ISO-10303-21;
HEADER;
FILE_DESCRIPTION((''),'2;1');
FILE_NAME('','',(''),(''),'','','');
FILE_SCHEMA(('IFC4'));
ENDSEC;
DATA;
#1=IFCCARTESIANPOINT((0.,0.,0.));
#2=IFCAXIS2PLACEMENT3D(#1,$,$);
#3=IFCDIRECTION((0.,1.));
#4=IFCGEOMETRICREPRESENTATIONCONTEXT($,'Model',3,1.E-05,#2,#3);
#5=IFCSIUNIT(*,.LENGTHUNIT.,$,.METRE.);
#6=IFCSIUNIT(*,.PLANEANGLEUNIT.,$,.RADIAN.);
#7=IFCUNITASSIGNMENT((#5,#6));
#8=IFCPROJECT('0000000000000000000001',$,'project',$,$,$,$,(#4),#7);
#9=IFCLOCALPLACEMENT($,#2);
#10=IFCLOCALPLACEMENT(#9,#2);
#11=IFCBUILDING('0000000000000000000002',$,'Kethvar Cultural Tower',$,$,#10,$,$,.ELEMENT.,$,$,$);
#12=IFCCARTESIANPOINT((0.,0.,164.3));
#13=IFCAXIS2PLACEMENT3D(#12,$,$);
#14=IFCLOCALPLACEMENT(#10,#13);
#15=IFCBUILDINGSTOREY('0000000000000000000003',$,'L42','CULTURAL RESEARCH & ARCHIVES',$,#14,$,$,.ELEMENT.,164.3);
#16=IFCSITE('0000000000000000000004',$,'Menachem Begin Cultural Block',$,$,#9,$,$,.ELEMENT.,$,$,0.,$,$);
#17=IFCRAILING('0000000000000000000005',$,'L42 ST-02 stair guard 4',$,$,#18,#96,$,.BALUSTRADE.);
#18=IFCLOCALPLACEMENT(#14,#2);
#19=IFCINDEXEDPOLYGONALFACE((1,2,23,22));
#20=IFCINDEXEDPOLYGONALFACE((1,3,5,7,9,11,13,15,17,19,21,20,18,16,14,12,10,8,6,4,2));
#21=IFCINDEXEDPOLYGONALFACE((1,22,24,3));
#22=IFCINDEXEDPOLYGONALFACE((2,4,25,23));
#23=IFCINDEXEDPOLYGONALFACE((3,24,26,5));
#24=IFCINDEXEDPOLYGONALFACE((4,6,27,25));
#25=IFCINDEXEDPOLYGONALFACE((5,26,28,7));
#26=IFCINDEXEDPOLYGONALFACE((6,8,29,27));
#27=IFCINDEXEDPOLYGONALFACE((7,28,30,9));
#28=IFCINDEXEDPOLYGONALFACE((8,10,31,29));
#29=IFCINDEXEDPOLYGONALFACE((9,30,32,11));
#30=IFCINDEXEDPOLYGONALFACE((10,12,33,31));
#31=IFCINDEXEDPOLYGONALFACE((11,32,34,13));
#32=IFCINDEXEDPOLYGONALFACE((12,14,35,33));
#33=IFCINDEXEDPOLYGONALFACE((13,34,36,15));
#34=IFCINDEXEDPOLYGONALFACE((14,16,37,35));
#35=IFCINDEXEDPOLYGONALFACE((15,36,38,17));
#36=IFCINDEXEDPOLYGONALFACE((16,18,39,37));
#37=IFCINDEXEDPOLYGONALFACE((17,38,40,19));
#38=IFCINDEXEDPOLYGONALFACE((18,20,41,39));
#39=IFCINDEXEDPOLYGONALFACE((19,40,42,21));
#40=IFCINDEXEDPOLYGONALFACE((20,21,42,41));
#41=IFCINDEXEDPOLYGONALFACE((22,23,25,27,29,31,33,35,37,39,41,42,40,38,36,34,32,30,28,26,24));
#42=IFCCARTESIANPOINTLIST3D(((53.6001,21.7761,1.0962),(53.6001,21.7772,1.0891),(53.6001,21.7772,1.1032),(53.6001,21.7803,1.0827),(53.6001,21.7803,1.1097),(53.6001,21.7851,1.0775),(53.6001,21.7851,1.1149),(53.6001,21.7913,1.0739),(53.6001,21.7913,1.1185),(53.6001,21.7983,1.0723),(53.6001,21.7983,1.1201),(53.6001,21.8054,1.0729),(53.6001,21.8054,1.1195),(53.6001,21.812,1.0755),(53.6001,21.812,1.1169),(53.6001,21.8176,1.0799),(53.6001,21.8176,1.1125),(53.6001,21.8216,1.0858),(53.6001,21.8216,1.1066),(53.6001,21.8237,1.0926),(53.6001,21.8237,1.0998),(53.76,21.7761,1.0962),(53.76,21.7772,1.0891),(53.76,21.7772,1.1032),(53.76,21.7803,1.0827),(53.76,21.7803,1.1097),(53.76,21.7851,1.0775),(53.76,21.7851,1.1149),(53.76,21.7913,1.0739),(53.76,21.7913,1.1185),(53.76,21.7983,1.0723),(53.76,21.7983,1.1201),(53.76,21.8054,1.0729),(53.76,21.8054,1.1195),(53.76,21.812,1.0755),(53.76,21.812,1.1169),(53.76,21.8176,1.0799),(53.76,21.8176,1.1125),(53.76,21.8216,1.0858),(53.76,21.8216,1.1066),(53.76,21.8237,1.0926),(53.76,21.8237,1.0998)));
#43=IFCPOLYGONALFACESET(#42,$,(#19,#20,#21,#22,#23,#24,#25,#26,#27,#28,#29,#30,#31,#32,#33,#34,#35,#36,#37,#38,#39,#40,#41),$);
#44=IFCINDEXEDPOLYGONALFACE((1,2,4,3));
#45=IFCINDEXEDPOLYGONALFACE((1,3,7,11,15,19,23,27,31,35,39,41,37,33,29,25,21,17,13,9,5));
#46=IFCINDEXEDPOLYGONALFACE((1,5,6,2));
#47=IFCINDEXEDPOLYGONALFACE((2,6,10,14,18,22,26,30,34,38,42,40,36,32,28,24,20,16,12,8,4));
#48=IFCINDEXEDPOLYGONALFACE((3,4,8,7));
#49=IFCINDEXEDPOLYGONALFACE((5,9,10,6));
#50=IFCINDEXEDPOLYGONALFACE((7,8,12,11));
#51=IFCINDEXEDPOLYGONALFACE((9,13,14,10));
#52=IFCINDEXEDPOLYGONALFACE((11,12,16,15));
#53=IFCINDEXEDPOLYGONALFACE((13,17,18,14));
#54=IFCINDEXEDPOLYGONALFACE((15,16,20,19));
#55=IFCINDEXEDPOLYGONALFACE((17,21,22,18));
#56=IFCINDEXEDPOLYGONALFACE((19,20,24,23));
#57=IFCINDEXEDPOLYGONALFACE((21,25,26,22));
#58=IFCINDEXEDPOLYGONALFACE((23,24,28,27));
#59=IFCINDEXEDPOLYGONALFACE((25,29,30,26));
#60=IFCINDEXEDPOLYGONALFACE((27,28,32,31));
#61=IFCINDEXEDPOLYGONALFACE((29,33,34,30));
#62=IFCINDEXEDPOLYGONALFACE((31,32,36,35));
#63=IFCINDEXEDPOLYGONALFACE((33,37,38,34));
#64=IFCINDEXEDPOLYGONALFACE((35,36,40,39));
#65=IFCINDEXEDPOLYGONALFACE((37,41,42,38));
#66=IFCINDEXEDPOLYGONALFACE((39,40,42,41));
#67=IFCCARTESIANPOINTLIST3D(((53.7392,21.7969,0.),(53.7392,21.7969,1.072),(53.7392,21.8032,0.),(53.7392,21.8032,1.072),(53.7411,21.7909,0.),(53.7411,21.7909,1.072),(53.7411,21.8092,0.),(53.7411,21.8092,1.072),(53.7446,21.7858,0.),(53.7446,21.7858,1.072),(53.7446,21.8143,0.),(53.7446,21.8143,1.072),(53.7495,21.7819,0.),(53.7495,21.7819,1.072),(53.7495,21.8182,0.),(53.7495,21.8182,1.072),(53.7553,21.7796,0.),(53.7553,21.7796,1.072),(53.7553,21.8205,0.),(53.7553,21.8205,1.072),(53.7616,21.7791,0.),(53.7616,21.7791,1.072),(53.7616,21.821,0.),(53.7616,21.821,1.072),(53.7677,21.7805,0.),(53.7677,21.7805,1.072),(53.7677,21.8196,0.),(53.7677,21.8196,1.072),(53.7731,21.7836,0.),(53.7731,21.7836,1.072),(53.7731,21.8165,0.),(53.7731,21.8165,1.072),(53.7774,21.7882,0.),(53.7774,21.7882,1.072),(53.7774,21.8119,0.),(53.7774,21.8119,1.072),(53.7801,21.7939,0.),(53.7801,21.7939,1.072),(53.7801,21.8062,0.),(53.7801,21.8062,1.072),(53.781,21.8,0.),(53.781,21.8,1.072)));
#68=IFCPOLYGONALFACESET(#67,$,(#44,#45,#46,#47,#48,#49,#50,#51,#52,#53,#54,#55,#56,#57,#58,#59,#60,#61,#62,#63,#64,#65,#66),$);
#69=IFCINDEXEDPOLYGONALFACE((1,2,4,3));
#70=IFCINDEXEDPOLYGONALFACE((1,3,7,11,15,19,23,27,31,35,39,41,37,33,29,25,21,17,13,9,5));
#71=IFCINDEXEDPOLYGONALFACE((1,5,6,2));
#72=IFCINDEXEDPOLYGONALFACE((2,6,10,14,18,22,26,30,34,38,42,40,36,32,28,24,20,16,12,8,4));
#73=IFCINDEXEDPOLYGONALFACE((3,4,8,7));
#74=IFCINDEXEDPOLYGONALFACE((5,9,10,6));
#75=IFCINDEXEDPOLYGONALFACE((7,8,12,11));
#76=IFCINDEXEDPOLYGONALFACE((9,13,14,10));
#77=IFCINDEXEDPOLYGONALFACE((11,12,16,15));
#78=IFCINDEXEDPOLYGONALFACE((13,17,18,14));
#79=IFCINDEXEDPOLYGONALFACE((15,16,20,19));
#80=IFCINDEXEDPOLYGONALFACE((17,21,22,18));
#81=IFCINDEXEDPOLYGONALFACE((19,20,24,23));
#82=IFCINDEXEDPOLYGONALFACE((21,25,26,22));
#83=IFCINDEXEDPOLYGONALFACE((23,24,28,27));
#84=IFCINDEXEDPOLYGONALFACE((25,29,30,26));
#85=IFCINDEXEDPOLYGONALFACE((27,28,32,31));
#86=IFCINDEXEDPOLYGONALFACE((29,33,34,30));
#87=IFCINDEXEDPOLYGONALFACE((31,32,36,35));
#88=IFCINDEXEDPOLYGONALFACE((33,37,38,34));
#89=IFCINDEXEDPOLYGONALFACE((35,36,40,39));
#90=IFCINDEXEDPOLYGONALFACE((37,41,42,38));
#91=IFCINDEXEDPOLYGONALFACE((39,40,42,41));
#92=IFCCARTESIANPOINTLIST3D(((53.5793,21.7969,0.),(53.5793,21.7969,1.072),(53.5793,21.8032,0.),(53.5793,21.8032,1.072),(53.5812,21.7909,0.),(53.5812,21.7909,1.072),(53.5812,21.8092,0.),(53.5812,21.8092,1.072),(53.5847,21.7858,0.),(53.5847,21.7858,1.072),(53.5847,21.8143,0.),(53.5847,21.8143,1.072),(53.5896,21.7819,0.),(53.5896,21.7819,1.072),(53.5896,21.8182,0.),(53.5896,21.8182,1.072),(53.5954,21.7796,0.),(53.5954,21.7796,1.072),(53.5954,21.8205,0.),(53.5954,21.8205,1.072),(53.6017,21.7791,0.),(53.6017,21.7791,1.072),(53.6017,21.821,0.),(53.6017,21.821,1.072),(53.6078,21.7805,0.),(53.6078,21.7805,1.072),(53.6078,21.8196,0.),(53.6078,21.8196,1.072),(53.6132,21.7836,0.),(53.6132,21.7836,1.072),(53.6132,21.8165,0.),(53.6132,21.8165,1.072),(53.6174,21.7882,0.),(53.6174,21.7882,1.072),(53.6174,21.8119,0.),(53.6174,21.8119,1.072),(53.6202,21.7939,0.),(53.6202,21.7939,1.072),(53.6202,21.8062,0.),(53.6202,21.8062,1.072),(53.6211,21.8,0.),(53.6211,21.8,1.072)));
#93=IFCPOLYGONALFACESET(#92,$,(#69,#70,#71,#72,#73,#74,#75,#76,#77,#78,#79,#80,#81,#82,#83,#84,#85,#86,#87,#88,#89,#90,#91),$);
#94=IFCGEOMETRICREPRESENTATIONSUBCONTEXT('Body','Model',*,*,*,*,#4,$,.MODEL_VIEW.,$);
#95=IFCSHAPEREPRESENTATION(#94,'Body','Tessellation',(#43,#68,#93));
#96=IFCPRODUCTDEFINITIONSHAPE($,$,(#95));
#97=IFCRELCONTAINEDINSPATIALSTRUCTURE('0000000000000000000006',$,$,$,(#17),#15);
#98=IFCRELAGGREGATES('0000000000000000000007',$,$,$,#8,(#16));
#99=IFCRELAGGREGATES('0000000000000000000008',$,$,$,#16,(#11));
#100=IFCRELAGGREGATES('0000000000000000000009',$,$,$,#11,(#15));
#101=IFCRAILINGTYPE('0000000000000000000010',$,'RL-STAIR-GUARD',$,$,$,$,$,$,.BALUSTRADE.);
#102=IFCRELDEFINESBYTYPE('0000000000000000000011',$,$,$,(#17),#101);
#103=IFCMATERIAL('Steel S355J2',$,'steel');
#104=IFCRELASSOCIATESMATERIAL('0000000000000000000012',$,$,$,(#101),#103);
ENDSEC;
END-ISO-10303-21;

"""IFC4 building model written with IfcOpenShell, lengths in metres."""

from ifc_helpers import new_model, si_unit, direction, frame, origin, origin_2d, place, context, subcontext, project, spatial, circle, extrude, material, type_object, element, save


model = new_model("IFC4")

# Units and contexts
model_context = context("Model", 3, precision=1e-05, world=origin(), true_north=direction((0.0, 1.0)))
body_context = subcontext(model_context, "Body", "Model", "MODEL_VIEW")
ifc_project = project(units=[si_unit("LENGTHUNIT", "METRE"), si_unit("PLANEANGLEUNIT", "RADIAN")], contexts=[model_context])

# Site, building, storey
site_placement = place(None, origin())
site = spatial("IfcSite", under=ifc_project, at=site_placement, Name="Menachem Begin Cultural Block", CompositionType="ELEMENT", RefElevation=0.0)
building_placement = place(site_placement, origin())
building = spatial("IfcBuilding", under=site, at=building_placement, Name="Kethvar Cultural Tower", CompositionType="ELEMENT")
storey_placement = place(building_placement, frame((0.0, 0.0, 164.3)))
storey = spatial("IfcBuildingStorey", under=building, at=storey_placement, Name="L42", Description="CULTURAL RESEARCH & ARCHIVES", CompositionType="ELEMENT", Elevation=164.3)

# Shared definitions
ifc_material_1 = material(Name="Steel S355J2", Category="steel")

# Railing
railing_type_1 = type_object("IfcRailingType", Name="RL-STAIR-GUARD", PredefinedType="BALUSTRADE", material=ifc_material_1)
railing_1_placement = place(storey_placement, frame((53.76, 21.8, 0.0)))
element("IfcRailing", 1, at=railing_1_placement, inside=storey, type_object=railing_type_1, Name="L42 ST-02 stair guard 4", PredefinedType="BALUSTRADE", context=body_context, shape_type="SweptSolid", body=[
    extrude(circle(Radius=0.0239, at=origin_2d()), frame((0.0, 0.0, 1.0962), z_axis=(-1.0, 0.0, 0.0), x_axis=(0.0, -1.0, 0.0)), (0.0, 0.0, 1.0), 0.1599),
    extrude(circle(Radius=0.021, at=origin_2d()), origin(), (0.0, 0.0, 1.0), 1.072),
    extrude(circle(Radius=0.021, at=origin_2d()), frame((-0.1599, 0.0, 0.0)), (0.0, 0.0, 1.0), 1.072),
])

save(model, "model.ifc")
